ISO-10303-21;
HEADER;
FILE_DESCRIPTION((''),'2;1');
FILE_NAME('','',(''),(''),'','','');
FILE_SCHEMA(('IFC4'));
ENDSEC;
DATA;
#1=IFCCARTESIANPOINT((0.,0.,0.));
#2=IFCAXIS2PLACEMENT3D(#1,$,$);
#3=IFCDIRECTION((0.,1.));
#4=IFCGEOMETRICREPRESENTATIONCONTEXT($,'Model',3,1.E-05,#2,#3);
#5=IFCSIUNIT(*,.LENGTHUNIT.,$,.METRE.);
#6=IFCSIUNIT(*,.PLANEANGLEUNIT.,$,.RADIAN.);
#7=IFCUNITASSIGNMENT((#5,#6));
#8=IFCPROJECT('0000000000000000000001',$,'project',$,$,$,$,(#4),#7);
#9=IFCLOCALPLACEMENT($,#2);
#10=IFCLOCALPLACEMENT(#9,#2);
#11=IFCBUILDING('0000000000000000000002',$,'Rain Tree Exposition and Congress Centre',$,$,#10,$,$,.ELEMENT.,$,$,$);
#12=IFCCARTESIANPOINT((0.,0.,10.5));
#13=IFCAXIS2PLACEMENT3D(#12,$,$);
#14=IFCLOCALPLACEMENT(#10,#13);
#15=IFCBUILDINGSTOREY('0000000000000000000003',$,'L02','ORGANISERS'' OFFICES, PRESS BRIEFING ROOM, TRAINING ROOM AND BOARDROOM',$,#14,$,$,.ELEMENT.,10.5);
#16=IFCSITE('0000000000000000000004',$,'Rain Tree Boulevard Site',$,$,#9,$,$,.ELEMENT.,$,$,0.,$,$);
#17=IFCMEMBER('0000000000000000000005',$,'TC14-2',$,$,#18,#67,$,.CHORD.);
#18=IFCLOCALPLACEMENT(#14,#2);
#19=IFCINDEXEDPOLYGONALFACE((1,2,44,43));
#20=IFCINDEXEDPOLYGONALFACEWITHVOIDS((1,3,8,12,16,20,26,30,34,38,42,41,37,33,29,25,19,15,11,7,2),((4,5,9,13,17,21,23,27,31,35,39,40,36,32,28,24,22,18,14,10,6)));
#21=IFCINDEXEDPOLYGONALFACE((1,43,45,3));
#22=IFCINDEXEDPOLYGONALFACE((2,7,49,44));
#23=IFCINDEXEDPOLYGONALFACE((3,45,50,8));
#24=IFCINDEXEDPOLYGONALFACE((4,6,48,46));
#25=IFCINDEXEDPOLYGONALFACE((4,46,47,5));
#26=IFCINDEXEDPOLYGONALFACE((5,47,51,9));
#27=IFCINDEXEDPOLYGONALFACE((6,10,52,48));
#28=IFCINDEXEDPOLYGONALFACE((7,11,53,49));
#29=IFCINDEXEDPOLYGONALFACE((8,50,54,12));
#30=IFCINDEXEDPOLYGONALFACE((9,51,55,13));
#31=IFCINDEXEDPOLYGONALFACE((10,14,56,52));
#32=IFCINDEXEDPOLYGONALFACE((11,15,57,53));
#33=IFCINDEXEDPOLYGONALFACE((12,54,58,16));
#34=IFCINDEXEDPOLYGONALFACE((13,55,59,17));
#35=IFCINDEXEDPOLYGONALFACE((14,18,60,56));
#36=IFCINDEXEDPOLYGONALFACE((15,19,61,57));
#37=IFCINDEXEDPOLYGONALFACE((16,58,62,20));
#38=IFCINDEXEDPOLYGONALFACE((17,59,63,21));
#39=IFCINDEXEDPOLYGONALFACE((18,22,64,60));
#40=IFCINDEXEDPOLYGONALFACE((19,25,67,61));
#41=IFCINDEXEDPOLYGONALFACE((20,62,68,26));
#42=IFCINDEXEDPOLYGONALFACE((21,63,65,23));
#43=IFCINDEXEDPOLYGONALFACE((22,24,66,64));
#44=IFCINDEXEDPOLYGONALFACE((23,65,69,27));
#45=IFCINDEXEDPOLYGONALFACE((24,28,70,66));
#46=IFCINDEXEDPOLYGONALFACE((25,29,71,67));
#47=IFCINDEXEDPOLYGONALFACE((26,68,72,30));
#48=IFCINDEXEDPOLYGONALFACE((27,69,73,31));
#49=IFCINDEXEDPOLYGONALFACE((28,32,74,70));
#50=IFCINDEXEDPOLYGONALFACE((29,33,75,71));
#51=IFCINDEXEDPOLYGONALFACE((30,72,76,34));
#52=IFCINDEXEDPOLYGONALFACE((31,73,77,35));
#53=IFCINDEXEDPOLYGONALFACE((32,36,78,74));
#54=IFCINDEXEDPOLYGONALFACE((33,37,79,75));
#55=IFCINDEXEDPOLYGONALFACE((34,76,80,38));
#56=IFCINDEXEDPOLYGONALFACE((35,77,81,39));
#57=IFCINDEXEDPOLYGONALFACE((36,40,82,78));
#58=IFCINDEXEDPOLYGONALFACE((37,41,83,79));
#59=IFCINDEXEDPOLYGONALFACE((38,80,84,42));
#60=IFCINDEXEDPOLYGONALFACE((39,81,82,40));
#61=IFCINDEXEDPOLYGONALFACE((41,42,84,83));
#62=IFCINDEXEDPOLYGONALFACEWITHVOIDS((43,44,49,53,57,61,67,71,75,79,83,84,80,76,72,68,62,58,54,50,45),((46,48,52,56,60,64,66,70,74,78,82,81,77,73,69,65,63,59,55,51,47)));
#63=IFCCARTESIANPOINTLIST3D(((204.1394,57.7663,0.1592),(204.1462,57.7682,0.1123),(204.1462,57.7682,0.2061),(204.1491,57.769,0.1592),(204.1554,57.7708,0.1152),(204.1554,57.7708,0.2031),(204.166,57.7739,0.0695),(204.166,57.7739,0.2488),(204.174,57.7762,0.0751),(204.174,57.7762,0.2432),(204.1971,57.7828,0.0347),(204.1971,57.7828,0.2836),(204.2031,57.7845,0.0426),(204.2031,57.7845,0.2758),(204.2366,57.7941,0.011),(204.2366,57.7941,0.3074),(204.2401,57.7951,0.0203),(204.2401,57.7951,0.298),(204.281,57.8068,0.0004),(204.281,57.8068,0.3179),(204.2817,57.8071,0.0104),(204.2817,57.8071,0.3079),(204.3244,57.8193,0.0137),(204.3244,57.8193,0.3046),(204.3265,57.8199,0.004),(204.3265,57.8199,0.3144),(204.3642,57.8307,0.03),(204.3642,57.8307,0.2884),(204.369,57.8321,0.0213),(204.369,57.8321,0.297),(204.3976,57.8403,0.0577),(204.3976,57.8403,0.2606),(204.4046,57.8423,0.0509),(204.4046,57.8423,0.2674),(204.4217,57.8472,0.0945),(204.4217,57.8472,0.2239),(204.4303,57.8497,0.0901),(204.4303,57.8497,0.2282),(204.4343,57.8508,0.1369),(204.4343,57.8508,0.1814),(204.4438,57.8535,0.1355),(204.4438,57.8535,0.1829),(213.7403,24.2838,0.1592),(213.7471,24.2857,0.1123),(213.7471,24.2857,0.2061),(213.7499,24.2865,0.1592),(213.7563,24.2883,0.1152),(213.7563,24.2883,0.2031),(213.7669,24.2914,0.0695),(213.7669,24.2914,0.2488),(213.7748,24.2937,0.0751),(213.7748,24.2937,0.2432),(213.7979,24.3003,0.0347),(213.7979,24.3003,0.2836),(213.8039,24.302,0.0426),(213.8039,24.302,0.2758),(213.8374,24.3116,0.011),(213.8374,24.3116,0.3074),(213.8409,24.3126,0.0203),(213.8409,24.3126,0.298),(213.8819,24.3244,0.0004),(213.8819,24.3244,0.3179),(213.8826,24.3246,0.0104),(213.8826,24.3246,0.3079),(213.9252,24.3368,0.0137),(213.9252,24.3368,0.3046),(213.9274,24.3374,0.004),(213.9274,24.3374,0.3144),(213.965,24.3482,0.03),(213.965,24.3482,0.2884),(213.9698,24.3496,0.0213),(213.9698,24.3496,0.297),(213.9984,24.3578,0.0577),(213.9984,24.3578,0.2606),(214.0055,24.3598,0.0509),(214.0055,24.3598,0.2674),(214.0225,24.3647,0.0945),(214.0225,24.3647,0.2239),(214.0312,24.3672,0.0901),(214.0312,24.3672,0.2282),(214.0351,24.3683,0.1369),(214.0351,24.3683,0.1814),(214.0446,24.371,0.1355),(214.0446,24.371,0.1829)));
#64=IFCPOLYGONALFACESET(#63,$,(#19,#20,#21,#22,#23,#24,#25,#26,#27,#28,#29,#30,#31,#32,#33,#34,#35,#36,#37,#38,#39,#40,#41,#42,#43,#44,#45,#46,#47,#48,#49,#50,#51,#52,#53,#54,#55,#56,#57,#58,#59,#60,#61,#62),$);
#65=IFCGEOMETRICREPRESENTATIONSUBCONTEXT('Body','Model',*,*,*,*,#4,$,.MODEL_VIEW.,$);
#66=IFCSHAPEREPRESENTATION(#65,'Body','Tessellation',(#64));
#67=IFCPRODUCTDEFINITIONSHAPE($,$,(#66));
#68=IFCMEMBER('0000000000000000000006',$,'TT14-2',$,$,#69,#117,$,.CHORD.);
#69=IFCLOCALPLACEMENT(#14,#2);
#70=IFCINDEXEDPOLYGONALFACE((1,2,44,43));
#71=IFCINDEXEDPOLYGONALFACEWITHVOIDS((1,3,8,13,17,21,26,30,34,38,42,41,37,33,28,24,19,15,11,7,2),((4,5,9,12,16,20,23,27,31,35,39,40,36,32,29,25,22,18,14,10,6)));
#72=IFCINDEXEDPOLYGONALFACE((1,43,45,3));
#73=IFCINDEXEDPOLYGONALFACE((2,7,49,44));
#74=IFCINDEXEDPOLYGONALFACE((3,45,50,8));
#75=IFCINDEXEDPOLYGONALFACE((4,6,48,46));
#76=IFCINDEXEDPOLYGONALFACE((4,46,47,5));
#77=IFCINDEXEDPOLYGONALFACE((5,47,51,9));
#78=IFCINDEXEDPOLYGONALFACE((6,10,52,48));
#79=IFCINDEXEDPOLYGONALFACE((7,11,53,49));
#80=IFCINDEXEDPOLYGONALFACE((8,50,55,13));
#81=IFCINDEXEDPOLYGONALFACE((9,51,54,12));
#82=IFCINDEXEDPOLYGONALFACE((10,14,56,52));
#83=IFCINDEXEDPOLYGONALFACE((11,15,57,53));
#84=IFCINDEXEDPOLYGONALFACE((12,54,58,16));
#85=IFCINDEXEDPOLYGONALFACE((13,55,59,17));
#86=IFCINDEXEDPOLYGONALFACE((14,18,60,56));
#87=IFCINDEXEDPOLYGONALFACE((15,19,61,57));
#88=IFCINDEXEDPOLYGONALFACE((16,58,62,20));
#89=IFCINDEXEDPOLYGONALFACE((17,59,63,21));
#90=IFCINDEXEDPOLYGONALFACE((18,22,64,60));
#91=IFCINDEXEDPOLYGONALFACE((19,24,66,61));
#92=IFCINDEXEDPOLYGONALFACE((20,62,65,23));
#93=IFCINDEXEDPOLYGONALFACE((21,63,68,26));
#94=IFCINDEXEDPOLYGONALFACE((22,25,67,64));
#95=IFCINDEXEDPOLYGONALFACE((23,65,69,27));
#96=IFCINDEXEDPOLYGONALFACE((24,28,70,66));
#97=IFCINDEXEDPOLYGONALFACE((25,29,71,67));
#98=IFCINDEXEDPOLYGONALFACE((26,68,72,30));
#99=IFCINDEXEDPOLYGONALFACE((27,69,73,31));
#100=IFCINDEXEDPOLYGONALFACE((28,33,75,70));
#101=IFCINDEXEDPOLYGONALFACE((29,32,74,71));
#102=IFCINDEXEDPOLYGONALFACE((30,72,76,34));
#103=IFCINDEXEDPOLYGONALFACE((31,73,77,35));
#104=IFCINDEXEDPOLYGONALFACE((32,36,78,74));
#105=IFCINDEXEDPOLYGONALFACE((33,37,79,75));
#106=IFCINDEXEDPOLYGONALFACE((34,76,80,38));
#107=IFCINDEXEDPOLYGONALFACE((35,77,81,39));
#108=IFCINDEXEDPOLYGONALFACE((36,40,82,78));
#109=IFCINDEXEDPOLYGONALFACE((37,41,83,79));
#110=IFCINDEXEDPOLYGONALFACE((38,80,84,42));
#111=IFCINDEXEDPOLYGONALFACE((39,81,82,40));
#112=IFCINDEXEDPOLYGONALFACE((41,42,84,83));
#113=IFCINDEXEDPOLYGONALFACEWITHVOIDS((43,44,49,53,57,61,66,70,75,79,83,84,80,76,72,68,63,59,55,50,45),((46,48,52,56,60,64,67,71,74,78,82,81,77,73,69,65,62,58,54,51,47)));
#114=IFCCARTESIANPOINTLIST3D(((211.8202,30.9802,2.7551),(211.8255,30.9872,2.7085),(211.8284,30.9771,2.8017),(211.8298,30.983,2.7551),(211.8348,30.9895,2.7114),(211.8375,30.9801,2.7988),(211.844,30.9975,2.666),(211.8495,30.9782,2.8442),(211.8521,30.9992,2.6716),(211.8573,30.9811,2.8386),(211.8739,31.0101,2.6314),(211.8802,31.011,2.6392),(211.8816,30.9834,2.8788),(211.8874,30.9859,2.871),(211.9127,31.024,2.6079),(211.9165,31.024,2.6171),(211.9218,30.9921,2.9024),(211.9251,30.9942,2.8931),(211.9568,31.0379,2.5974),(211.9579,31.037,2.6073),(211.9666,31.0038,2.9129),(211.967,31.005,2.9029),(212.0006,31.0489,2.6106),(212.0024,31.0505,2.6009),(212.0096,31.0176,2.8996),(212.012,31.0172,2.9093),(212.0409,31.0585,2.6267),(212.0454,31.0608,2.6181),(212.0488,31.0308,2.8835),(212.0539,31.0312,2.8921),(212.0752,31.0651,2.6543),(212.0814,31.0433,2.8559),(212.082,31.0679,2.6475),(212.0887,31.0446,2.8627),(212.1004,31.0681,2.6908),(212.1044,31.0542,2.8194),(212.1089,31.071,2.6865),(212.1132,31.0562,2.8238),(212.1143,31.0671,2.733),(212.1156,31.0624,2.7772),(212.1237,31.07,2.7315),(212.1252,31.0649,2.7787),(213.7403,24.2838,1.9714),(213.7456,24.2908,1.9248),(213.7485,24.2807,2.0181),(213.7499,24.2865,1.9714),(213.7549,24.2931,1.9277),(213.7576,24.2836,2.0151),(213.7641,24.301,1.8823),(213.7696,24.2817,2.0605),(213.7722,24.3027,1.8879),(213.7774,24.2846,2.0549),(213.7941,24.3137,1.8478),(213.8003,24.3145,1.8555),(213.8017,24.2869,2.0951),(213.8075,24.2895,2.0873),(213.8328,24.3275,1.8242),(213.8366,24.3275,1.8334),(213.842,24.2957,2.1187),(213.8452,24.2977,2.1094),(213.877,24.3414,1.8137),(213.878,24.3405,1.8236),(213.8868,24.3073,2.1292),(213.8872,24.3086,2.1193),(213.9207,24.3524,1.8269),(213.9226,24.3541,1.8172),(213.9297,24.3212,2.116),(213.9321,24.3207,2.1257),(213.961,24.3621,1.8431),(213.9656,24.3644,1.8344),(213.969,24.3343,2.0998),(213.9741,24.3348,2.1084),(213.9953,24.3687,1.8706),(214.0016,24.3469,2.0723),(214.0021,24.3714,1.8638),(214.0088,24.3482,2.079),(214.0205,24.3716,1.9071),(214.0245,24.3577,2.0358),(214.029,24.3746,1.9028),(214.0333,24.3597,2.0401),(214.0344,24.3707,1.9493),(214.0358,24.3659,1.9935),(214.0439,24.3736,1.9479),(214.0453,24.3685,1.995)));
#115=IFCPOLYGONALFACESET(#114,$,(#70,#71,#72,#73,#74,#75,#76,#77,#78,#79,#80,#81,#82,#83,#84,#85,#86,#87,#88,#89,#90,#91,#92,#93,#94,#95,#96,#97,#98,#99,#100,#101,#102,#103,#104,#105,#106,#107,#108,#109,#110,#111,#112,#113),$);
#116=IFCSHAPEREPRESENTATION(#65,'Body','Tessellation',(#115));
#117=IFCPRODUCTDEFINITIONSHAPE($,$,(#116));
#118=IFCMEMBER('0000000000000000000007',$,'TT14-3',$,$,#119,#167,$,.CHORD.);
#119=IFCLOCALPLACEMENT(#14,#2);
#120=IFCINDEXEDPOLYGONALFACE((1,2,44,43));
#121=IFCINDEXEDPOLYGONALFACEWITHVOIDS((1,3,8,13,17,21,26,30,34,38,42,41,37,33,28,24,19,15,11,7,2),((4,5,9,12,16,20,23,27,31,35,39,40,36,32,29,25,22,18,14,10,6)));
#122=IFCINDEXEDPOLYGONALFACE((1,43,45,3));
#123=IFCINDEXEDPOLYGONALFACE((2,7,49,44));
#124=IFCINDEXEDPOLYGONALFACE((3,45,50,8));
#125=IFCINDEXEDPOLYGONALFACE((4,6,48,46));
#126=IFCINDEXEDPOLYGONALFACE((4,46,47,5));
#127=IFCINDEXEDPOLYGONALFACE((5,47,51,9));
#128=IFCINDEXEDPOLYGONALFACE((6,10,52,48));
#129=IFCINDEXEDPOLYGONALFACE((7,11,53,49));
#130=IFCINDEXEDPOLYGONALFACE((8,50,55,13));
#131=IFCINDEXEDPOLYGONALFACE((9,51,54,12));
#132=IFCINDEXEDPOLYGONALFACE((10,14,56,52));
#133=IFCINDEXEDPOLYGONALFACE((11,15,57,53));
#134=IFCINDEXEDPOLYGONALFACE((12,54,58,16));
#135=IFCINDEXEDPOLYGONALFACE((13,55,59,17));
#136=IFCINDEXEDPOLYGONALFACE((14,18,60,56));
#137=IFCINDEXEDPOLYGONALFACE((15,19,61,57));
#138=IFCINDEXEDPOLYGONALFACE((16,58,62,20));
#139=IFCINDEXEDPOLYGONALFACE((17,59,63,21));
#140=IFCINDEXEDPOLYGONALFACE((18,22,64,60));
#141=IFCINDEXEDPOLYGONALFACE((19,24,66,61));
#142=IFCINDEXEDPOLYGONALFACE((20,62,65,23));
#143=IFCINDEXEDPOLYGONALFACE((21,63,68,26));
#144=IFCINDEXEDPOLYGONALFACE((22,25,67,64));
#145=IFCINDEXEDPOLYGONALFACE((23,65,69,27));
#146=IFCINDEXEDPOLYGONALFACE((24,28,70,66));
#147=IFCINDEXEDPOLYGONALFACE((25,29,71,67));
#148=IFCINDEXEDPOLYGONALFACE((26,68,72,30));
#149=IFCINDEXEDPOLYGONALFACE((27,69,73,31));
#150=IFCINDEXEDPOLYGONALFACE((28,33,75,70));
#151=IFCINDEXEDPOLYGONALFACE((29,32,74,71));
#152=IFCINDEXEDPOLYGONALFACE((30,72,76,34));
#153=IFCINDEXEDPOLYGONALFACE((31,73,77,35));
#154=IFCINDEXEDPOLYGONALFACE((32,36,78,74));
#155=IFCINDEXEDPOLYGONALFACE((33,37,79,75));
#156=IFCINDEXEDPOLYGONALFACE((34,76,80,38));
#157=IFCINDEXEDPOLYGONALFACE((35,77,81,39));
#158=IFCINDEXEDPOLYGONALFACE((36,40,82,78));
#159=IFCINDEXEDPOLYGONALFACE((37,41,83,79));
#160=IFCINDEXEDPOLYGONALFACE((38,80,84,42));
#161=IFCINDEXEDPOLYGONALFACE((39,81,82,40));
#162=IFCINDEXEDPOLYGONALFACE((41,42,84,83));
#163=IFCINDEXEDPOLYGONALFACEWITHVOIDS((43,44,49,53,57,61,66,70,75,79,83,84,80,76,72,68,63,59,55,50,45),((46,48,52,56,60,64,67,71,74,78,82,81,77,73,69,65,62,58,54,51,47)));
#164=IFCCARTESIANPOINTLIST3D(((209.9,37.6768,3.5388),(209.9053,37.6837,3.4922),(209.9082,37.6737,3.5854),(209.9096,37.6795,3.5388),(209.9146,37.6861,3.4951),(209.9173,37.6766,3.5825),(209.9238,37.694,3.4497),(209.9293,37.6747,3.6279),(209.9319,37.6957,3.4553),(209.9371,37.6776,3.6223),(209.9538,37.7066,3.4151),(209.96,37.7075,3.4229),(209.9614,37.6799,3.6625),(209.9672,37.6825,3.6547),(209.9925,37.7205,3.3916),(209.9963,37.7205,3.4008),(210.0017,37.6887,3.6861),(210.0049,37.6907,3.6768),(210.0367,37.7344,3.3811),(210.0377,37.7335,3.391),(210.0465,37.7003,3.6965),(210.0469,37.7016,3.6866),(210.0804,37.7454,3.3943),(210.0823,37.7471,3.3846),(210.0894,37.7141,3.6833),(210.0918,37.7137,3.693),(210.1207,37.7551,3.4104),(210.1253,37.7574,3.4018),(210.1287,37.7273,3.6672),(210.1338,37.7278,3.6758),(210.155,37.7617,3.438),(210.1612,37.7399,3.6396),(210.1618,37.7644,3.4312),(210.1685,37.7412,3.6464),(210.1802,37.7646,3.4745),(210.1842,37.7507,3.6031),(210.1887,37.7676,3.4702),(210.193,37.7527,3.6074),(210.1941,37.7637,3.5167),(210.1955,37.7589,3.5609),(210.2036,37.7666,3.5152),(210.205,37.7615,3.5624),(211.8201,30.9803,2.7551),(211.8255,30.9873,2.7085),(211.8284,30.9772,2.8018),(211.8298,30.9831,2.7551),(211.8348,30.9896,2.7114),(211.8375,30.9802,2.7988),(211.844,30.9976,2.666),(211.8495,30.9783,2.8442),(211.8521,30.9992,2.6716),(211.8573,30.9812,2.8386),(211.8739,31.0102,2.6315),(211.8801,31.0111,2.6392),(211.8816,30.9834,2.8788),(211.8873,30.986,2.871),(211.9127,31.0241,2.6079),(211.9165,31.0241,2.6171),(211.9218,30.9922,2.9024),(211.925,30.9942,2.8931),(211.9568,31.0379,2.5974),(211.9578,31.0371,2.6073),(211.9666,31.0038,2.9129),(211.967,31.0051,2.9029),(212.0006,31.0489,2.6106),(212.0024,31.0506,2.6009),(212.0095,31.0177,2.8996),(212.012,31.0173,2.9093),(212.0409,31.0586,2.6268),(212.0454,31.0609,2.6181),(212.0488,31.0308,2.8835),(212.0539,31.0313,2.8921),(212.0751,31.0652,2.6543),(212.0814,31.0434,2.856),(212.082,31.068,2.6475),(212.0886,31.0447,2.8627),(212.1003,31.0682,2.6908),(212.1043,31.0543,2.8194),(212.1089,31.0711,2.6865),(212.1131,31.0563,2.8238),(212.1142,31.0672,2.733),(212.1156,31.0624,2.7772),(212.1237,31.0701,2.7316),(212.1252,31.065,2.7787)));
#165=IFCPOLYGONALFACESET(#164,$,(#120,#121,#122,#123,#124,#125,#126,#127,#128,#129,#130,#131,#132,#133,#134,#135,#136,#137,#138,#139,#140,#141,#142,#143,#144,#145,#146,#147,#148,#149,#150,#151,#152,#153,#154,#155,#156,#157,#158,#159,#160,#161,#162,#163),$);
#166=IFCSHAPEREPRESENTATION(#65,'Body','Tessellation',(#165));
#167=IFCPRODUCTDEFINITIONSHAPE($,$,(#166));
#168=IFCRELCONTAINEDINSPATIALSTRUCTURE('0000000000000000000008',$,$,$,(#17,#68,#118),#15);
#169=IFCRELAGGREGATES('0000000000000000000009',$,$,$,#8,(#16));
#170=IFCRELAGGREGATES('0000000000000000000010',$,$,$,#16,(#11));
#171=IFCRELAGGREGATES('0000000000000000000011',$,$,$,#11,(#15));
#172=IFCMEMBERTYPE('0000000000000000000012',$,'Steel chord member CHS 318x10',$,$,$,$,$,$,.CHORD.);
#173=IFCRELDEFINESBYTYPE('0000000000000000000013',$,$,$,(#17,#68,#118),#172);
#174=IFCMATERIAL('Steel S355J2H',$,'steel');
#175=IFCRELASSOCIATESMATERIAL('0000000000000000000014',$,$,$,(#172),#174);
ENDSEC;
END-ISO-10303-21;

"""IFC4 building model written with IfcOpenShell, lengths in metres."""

from ifc_helpers import new_model, si_unit, direction, frame, origin, origin_2d, place, context, subcontext, project, spatial, hollow_circle, extrude, material, material_profile, profile_set, type_object, element, save


model = new_model("IFC4")

# Units and contexts
model_context = context("Model", 3, precision=1e-05, world=origin(), true_north=direction((0.0, 1.0)))
body_context = subcontext(model_context, "Body", "Model", "MODEL_VIEW")
ifc_project = project(units=[si_unit("LENGTHUNIT", "METRE"), si_unit("PLANEANGLEUNIT", "RADIAN")], contexts=[model_context])

# Site, building, storey
site_placement = place(None, origin())
site = spatial("IfcSite", under=ifc_project, at=site_placement, Name="Rain Tree Boulevard Site", CompositionType="ELEMENT", RefElevation=0.0)
building_placement = place(site_placement, origin())
building = spatial("IfcBuilding", under=site, at=building_placement, Name="Rain Tree Exposition and Congress Centre", CompositionType="ELEMENT")
storey_placement = place(building_placement, frame((0.0, 0.0, 10.5)))
storey = spatial("IfcBuildingStorey", under=building, at=storey_placement, Name="L02", Description="ORGANISERS' OFFICES, PRESS BRIEFING ROOM, TRAINING ROOM AND BOARDROOM", CompositionType="ELEMENT", Elevation=10.5)

# Members
ifc_material_1 = material(Name="Steel S355J2H", Category="steel")
ifc_material_profile_1 = material_profile(ifc_material_1, hollow_circle(Radius=0.1592, WallThickness=0.01, at=origin_2d()), Name="CHS 318x10")
ifc_profile_set_1 = profile_set([ifc_material_profile_1], Name="Steel S355J2H")
member_type_1 = type_object("IfcMemberType", Name="Steel chord member CHS 318x10", PredefinedType="CHORD", material=ifc_profile_set_1)
member_1_placement = place(storey_placement, frame((213.8933, 24.3276, 0.1592), z_axis=(-0.275635, 0.961262, 0.0), x_axis=(-0.961262, -0.275635, 0.0)))
element("IfcMember", 1, at=member_1_placement, inside=storey, type_object=member_type_1, Name="TC14-2", PredefinedType="CHORD", context=body_context, shape_type="SweptSolid", body=[
    extrude(hollow_circle(Radius=0.1592, WallThickness=0.01, at=origin_2d()), origin(), (0.0, 0.0, 1.0), 34.8318),
])
for number, where, z_axis, x_axis, name in (
    (2, (213.8933, 24.3276, 1.9714), (-0.273905, 0.955238, 0.111791), (-0.961263, -0.275633, 0.0), "TT14-2"),
    (3, (211.9731, 31.0242, 2.7551), (-0.273905, 0.955238, 0.111791), (-0.961263, -0.275633, 0.0), "TT14-3"),
):
    element("IfcMember", number, at=place(storey_placement, frame(where, z_axis=z_axis, x_axis=x_axis)), inside=storey, type_object=member_type_1, Name=name, PredefinedType="CHORD", context=body_context, shape_type="SweptSolid", body=[
        extrude(hollow_circle(Radius=0.1592, WallThickness=0.01, at=origin_2d()), origin(), (0.0, 0.0, 1.0), 7.0103),
    ])

save(model, "model.ifc")
